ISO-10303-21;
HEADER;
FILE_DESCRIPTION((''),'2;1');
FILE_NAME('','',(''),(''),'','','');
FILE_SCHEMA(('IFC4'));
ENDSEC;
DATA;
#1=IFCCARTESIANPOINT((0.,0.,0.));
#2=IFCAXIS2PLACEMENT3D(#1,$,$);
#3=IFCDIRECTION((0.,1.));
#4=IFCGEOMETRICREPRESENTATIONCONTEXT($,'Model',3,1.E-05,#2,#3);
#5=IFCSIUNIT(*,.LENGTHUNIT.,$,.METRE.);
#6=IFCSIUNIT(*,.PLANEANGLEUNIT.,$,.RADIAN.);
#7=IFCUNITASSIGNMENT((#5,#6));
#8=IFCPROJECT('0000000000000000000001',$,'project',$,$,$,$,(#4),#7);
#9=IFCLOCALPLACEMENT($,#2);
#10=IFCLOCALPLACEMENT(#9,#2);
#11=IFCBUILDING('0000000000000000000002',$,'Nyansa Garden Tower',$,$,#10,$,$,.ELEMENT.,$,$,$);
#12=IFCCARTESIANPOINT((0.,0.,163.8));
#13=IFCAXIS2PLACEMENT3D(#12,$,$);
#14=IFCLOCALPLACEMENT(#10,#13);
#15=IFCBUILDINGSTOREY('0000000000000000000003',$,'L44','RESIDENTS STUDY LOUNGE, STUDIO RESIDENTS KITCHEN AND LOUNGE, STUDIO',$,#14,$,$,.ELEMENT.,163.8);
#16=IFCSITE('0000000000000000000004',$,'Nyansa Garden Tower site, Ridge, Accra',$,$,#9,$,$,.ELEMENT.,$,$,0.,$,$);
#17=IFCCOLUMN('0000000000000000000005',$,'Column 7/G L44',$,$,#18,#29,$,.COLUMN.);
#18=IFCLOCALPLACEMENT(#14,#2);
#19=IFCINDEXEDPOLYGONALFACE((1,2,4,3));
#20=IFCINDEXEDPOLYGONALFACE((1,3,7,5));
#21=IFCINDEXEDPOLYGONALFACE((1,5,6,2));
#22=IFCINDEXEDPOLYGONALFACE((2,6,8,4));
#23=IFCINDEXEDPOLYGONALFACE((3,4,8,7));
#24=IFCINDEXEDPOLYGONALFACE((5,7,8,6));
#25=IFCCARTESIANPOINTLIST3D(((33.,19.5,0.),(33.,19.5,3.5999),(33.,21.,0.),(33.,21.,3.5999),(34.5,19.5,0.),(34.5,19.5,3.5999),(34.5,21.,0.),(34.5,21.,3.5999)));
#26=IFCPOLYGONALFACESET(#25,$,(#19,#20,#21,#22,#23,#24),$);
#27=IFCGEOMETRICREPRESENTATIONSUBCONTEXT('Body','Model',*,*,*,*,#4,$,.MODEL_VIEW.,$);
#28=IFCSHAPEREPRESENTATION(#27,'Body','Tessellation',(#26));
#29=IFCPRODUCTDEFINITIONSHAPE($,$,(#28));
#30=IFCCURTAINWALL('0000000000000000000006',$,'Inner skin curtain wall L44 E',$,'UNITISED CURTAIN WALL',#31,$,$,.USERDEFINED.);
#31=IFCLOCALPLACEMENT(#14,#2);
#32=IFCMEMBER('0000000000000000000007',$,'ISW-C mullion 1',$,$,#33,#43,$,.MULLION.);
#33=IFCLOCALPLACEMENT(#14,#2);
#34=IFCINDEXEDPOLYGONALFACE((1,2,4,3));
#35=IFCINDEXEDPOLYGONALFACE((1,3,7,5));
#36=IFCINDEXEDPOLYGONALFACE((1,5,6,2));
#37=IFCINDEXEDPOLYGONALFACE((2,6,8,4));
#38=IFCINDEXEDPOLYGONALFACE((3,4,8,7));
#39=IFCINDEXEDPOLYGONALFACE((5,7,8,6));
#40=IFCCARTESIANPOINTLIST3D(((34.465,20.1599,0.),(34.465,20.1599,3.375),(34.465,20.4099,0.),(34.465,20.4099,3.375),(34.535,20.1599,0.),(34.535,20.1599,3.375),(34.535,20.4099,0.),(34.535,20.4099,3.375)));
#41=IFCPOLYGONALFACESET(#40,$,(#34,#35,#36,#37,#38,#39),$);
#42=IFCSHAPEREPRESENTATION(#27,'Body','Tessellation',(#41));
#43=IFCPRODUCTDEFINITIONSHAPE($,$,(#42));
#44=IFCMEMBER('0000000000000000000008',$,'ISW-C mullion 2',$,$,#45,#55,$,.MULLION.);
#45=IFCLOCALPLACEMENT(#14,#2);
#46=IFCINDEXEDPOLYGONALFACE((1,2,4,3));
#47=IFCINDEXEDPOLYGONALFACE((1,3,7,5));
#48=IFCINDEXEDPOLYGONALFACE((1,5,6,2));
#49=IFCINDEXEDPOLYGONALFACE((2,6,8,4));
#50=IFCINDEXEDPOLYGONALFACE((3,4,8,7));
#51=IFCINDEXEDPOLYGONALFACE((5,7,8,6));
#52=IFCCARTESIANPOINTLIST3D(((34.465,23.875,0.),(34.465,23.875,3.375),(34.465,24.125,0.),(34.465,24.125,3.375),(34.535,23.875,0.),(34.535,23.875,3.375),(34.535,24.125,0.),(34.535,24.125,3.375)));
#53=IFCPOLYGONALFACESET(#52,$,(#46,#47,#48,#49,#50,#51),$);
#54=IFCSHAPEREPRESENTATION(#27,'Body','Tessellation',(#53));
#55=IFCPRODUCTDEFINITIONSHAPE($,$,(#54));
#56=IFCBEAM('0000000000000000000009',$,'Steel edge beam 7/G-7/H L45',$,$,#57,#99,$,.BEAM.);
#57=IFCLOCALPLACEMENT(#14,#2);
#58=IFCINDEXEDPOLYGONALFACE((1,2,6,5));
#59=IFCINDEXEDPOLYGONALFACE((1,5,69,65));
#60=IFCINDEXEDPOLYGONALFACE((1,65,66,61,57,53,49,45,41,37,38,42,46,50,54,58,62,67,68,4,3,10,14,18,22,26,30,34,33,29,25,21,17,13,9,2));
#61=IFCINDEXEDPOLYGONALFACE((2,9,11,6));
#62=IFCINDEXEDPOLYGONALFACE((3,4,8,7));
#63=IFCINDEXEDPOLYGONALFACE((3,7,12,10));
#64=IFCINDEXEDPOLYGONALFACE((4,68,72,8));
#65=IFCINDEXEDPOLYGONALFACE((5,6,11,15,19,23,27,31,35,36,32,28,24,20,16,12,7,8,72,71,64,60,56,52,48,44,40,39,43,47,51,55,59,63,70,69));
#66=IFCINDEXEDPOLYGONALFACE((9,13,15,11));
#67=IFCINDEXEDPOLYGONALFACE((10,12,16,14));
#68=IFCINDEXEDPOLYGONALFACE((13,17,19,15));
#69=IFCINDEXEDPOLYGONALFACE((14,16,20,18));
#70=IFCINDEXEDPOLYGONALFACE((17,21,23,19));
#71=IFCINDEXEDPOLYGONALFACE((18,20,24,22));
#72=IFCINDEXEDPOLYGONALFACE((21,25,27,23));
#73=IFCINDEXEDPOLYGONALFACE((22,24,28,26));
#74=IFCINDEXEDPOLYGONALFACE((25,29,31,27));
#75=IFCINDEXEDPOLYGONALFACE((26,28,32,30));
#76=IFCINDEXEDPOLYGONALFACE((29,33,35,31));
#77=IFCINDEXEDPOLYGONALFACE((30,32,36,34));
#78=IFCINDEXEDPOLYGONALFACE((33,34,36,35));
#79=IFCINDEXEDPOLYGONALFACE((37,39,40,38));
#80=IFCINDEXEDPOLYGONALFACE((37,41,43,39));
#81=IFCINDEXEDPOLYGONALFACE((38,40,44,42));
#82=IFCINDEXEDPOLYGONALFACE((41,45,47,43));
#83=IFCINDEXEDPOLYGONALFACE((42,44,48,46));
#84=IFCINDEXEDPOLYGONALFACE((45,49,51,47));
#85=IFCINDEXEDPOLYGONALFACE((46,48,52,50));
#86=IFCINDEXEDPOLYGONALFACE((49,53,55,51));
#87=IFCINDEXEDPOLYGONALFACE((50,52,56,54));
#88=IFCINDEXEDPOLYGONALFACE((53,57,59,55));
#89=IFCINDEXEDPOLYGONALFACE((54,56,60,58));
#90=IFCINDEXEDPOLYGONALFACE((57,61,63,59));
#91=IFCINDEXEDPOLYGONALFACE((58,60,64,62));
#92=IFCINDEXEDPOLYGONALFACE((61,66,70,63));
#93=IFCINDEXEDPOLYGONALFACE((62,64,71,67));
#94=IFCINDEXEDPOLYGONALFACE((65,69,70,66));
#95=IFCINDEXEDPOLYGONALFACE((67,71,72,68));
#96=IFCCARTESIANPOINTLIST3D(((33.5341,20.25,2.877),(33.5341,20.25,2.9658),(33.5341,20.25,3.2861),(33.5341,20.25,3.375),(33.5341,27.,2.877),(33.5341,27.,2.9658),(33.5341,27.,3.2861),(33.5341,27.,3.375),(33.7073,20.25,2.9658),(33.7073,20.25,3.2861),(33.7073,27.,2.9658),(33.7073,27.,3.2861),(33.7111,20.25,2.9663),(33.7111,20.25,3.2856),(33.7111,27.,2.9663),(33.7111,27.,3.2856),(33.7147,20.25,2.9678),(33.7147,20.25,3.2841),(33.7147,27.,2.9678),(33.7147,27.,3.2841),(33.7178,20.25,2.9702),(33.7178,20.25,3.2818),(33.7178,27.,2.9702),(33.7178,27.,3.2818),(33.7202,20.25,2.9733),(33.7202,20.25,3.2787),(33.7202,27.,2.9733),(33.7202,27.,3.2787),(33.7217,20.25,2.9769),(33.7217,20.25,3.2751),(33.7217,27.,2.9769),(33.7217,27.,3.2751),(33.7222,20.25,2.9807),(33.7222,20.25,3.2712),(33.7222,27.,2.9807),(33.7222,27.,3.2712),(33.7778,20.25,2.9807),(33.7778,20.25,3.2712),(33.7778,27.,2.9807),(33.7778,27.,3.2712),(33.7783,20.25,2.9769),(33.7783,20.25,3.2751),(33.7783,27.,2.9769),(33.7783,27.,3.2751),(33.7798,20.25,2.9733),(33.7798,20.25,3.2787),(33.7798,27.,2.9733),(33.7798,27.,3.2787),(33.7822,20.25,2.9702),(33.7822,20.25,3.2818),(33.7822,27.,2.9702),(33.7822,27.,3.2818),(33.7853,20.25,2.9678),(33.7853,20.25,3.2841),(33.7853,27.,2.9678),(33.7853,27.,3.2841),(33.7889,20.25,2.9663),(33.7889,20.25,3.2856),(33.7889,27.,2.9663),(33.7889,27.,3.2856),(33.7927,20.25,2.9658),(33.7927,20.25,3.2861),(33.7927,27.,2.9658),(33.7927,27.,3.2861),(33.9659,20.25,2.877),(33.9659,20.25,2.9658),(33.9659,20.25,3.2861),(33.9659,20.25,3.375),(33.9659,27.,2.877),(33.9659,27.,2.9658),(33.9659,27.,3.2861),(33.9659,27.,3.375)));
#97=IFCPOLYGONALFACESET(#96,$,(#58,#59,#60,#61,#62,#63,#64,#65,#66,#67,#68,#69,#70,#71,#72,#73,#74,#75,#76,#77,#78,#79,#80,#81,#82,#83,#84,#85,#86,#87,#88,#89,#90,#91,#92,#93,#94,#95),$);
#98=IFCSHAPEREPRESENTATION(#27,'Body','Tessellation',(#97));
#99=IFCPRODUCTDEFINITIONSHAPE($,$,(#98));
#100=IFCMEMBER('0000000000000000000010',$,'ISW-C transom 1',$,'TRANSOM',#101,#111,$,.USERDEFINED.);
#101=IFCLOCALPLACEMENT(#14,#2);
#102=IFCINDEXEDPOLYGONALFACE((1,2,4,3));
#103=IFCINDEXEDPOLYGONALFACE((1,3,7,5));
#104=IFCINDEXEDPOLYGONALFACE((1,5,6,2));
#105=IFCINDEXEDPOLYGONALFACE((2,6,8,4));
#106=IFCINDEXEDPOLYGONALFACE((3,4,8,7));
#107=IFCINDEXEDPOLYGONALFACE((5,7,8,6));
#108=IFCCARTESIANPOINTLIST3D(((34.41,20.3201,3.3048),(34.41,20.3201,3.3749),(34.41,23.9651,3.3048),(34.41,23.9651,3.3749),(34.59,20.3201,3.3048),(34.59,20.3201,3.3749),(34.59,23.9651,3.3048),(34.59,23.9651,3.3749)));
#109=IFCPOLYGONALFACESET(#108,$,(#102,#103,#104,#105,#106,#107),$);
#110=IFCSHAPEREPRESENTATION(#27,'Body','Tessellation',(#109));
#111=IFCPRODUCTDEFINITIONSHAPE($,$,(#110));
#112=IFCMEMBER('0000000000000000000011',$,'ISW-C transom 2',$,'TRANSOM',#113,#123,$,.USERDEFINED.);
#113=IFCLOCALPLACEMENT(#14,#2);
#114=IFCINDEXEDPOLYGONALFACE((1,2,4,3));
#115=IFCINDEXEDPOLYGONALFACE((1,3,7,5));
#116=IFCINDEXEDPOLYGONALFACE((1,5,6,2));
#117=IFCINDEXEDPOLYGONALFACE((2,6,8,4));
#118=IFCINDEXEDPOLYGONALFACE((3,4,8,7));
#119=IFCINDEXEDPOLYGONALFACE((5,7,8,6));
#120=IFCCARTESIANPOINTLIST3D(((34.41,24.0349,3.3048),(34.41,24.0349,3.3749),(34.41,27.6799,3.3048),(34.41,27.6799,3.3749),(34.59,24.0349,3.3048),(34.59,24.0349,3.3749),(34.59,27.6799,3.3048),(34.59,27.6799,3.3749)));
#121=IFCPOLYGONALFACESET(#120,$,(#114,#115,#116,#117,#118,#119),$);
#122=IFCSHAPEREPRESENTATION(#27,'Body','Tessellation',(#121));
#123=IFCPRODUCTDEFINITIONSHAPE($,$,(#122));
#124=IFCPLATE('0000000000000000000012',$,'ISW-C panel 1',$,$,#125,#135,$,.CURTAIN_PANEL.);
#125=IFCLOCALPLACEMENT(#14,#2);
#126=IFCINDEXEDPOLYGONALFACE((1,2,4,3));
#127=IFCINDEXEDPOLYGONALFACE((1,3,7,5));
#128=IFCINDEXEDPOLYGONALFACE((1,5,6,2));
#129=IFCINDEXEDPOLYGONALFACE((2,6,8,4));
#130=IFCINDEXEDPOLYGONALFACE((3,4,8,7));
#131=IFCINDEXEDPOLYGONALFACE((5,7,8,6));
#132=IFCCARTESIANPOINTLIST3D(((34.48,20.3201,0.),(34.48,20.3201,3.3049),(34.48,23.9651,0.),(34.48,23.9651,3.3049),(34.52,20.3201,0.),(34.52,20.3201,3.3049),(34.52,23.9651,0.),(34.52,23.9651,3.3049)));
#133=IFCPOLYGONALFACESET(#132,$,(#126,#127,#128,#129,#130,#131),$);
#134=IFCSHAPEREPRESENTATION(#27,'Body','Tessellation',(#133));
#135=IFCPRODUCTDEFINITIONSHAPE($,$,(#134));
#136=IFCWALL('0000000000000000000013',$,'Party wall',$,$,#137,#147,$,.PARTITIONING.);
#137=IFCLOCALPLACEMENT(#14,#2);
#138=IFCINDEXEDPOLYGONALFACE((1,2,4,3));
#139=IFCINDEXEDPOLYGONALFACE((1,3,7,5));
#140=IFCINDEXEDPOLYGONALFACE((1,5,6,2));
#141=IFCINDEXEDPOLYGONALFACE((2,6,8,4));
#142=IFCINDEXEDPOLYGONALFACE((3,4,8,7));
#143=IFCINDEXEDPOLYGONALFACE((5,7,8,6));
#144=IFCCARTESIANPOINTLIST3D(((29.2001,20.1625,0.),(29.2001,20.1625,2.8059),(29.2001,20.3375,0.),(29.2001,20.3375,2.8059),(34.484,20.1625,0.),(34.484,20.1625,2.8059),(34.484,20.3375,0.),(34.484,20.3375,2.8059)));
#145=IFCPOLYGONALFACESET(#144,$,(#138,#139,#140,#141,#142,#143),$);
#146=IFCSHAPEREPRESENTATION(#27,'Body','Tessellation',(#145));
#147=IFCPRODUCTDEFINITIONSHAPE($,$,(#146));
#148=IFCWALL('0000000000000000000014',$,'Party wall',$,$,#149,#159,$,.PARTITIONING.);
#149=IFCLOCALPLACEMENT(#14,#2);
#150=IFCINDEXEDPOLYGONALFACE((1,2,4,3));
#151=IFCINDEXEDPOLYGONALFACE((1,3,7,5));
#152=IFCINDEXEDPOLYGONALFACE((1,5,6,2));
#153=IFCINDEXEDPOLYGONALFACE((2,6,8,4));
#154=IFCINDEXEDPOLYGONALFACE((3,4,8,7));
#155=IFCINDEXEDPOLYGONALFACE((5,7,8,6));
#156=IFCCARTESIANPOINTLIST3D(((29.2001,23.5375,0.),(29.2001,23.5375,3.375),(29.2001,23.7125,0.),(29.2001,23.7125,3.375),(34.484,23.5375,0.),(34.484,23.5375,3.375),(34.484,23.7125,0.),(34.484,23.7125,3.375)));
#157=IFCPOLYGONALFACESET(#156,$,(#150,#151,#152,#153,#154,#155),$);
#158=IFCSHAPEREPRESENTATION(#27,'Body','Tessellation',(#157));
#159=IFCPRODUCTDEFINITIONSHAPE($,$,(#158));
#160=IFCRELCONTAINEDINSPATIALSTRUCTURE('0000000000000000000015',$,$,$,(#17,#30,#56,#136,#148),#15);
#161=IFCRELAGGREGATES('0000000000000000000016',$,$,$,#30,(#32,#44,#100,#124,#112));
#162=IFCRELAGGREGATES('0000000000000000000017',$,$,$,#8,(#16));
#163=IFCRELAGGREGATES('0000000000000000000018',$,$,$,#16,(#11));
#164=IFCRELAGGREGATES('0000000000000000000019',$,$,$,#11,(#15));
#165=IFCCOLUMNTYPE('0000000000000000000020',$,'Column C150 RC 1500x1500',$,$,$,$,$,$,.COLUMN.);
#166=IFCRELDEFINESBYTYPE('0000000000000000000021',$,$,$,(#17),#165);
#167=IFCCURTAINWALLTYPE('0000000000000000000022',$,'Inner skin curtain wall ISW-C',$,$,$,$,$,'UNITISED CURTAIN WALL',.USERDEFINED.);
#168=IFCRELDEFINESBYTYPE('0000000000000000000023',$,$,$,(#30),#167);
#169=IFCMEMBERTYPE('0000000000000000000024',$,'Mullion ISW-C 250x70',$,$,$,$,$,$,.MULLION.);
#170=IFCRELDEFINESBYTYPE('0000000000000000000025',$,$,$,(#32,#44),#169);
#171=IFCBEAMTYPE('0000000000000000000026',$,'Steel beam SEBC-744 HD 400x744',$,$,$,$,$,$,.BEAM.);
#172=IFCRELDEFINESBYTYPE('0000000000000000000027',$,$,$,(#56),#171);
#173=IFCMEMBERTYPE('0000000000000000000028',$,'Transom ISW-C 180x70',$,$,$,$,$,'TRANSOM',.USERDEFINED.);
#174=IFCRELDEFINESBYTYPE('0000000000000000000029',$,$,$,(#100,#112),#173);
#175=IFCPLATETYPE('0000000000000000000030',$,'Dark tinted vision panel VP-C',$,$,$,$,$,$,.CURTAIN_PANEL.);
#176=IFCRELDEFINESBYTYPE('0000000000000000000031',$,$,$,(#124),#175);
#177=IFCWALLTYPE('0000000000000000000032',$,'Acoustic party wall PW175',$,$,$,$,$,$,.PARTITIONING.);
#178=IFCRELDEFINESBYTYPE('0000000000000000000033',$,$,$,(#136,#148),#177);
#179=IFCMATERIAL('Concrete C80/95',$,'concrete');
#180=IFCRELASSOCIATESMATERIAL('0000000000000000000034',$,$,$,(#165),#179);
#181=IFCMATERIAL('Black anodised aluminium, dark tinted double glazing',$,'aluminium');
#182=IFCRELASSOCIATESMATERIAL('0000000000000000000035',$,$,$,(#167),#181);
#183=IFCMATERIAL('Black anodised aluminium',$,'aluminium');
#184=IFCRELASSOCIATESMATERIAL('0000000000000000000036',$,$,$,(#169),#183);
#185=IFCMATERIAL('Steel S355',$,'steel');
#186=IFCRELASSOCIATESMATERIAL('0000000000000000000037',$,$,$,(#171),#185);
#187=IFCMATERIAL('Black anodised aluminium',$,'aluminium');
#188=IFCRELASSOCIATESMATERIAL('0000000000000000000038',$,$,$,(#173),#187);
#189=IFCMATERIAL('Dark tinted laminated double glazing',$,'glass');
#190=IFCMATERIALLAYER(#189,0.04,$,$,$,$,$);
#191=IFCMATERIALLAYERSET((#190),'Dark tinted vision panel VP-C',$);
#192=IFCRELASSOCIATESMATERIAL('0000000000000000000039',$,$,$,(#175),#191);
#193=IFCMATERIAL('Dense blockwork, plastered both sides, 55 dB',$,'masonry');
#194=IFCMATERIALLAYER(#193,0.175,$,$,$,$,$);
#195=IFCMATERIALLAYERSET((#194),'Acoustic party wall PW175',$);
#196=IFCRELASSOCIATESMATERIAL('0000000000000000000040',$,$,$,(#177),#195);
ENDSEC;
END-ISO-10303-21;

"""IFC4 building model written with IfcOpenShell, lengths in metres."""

from ifc_helpers import new_model, si_unit, direction, frame, frame_2d, origin, origin_2d, place, context, subcontext, project, spatial, rectangle, i_section, extrude, material, layer, layer_set, material_profile, profile_set, type_object, element, aggregate, save


model = new_model("IFC4")

# Units and contexts
model_context = context("Model", 3, precision=1e-05, world=origin(), true_north=direction((0.0, 1.0)))
body_context = subcontext(model_context, "Body", "Model", "MODEL_VIEW")
ifc_project = project(units=[si_unit("LENGTHUNIT", "METRE"), si_unit("PLANEANGLEUNIT", "RADIAN")], contexts=[model_context])

# Site, building, storey
site_placement = place(None, origin())
site = spatial("IfcSite", under=ifc_project, at=site_placement, Name="Nyansa Garden Tower site, Ridge, Accra", CompositionType="ELEMENT", RefElevation=0.0)
building_placement = place(site_placement, origin())
building = spatial("IfcBuilding", under=site, at=building_placement, Name="Nyansa Garden Tower", CompositionType="ELEMENT")
storey_placement = place(building_placement, frame((0.0, 0.0, 163.8)))
storey = spatial("IfcBuildingStorey", under=building, at=storey_placement, Name="L44", Description="RESIDENTS STUDY LOUNGE, STUDIO RESIDENTS KITCHEN AND LOUNGE, STUDIO", CompositionType="ELEMENT", Elevation=163.8)

# Column
ifc_material_1 = material(Name="Concrete C80/95", Category="concrete")
ifc_material_profile_1 = material_profile(ifc_material_1, rectangle(XDim=1.5, YDim=1.5, at=origin_2d()), Name="RC 1500x1500")
ifc_profile_set_1 = profile_set([ifc_material_profile_1], Name="Concrete C80/95")
column_type = type_object("IfcColumnType", Name="Column C150 RC 1500x1500", PredefinedType="COLUMN", material=ifc_profile_set_1)
column_placement = place(storey_placement, frame((33.75, 20.25, 0.0), z_axis=(0.0, 0.0, 1.0), x_axis=(1.0, 0.0, 0.0)))
element("IfcColumn", 1, at=column_placement, inside=storey, type_object=column_type, Name="Column 7/G L44", PredefinedType="COLUMN", context=body_context, shape_type="SweptSolid", body=[
    extrude(rectangle(XDim=1.5, YDim=1.5, at=origin_2d()), origin(), (0.0, 0.0, 1.0), 3.5999),
])

# Curtain wall, members
ifc_material_2 = material(Name="Black anodised aluminium, dark tinted double glazing", Category="aluminium")
curtain_wall_type = type_object("IfcCurtainWallType", Name="Inner skin curtain wall ISW-C", ElementType="UNITISED CURTAIN WALL", PredefinedType="USERDEFINED", material=ifc_material_2)
curtain_wall_placement = place(storey_placement, origin())
curtain_wall = element("IfcCurtainWall", 2, at=curtain_wall_placement, inside=storey, type_object=curtain_wall_type, Name="Inner skin curtain wall L44 E", ObjectType="UNITISED CURTAIN WALL", PredefinedType="USERDEFINED")
ifc_material_3 = material(Name="Black anodised aluminium", Category="aluminium")
ifc_material_profile_2 = material_profile(ifc_material_3, rectangle(XDim=0.0701, YDim=0.25, at=origin_2d()), Name="Mullion 250x70")
ifc_profile_set_2 = profile_set([ifc_material_profile_2], Name="Black anodised aluminium")
member_type_1 = type_object("IfcMemberType", Name="Mullion ISW-C 250x70", PredefinedType="MULLION", material=ifc_profile_set_2)
member_1_placement = place(storey_placement, frame((34.5, 20.2849, 0.0), z_axis=(0.0, 0.0, 1.0), x_axis=(-1.0, 0.0, 0.0)))
member_1 = element("IfcMember", 3, at=member_1_placement, type_object=member_type_1, Name="ISW-C mullion 1", PredefinedType="MULLION", context=body_context, shape_type="SweptSolid", body=[
    extrude(rectangle(XDim=0.0701, YDim=0.25, at=origin_2d()), origin(), (0.0, 0.0, 1.0), 3.375),
])
member_2_placement = place(storey_placement, frame((34.5, 24.0, 0.0), z_axis=(0.0, 0.0, 1.0), x_axis=(-1.0, 0.0, 0.0)))
member_2 = element("IfcMember", 4, at=member_2_placement, type_object=member_type_1, Name="ISW-C mullion 2", PredefinedType="MULLION", context=body_context, shape_type="SweptSolid", body=[
    extrude(rectangle(XDim=0.0701, YDim=0.25, at=origin_2d()), origin(), (0.0, 0.0, 1.0), 3.375),
])

# Beam
ifc_material_4 = material(Name="Steel S355", Category="steel")
ifc_material_profile_3 = material_profile(ifc_material_4, i_section(OverallWidth=0.4319, OverallDepth=0.498, WebThickness=0.0557, FlangeThickness=0.0889, FilletRadius=0.0149, at=origin_2d()), Name="HD 400x744")
ifc_profile_set_3 = profile_set([ifc_material_profile_3], Name="Steel S355")
beam_type = type_object("IfcBeamType", Name="Steel beam SEBC-744 HD 400x744", PredefinedType="BEAM", material=ifc_profile_set_3)
beam_placement = place(storey_placement, frame((33.75, 20.25, 3.126), z_axis=(0.0, 1.0, 0.0), x_axis=(-1.0, 0.0, 0.0)))
element("IfcBeam", 5, at=beam_placement, inside=storey, type_object=beam_type, Name="Steel edge beam 7/G-7/H L45", PredefinedType="BEAM", context=body_context, shape_type="SweptSolid", body=[
    extrude(i_section(OverallWidth=0.4319, OverallDepth=0.498, WebThickness=0.0557, FlangeThickness=0.0889, FilletRadius=0.0149, at=origin_2d()), origin(), (0.0, 0.0, 1.0), 6.75),
])

# Members
ifc_material_5 = material(Name="Black anodised aluminium", Category="aluminium")
ifc_material_profile_4 = material_profile(ifc_material_5, rectangle(XDim=0.1799, YDim=0.0701, at=origin_2d()), Name="Transom 180x70")
ifc_profile_set_4 = profile_set([ifc_material_profile_4], Name="Black anodised aluminium")
member_type_2 = type_object("IfcMemberType", Name="Transom ISW-C 180x70", ElementType="TRANSOM", PredefinedType="USERDEFINED", material=ifc_profile_set_4)
member_3_placement = place(storey_placement, frame((34.5, 20.3201, 3.3398), z_axis=(0.0, 1.0, 0.0), x_axis=(-1.0, 0.0, 0.0)))
member_3 = element("IfcMember", 6, at=member_3_placement, type_object=member_type_2, Name="ISW-C transom 1", ObjectType="TRANSOM", PredefinedType="USERDEFINED", context=body_context, shape_type="SweptSolid", body=[
    extrude(rectangle(XDim=0.1799, YDim=0.0701, at=origin_2d()), origin(), (0.0, 0.0, 1.0), 3.645),
])
member_4_placement = place(storey_placement, frame((34.5, 24.0349, 3.3398), z_axis=(0.0, 1.0, 0.0), x_axis=(-1.0, 0.0, 0.0)))
member_4 = element("IfcMember", 7, at=member_4_placement, type_object=member_type_2, Name="ISW-C transom 2", ObjectType="TRANSOM", PredefinedType="USERDEFINED", context=body_context, shape_type="SweptSolid", body=[
    extrude(rectangle(XDim=0.1799, YDim=0.0701, at=origin_2d()), origin(), (0.0, 0.0, 1.0), 3.645),
])

# Plate
ifc_material_6 = material(Name="Dark tinted laminated double glazing", Category="glass")
ifc_layer_1 = layer(ifc_material_6, 0.04)
ifc_layer_set_1 = layer_set([ifc_layer_1], Name="Dark tinted vision panel VP-C")
plate_type = type_object("IfcPlateType", Name="Dark tinted vision panel VP-C", PredefinedType="CURTAIN_PANEL", material=ifc_layer_set_1)
plate_placement = place(storey_placement, frame((34.5, 22.1426, 0.0), z_axis=(0.0, 0.0, 1.0), x_axis=(0.0, 1.0, 0.0)))
plate = element("IfcPlate", 8, at=plate_placement, type_object=plate_type, Name="ISW-C panel 1", PredefinedType="CURTAIN_PANEL", context=body_context, shape_type="SweptSolid", body=[
    extrude(rectangle(XDim=3.645, YDim=0.04, at=origin_2d()), origin(), (0.0, 0.0, 1.0), 3.3049),
])
aggregate(curtain_wall, [member_1, member_2, member_3, plate, member_4])

# Walls
ifc_material_7 = material(Name="Dense blockwork, plastered both sides, 55 dB", Category="masonry")
ifc_layer_2 = layer(ifc_material_7, 0.175)
ifc_layer_set_2 = layer_set([ifc_layer_2], Name="Acoustic party wall PW175")
wall_type_1 = type_object("IfcWallType", Name="Acoustic party wall PW175", PredefinedType="PARTITIONING", material=ifc_layer_set_2)
wall_1_placement = place(storey_placement, frame((29.2, 20.25, 0.0), z_axis=(0.0, 0.0, 1.0), x_axis=(1.0, 0.0, 0.0)))
element("IfcWall", 9, at=wall_1_placement, inside=storey, type_object=wall_type_1, Name="Party wall", PredefinedType="PARTITIONING", context=body_context, shape_type="SweptSolid", body=[
    extrude(rectangle(XDim=5.2839, YDim=0.175, at=frame_2d((2.6421, 0.0))), origin(), (0.0, 0.0, 1.0), 2.8059),
])
wall_2_placement = place(storey_placement, frame((29.2, 23.625, 0.0), z_axis=(0.0, 0.0, 1.0), x_axis=(1.0, 0.0, 0.0)))
element("IfcWall", 10, at=wall_2_placement, inside=storey, type_object=wall_type_1, Name="Party wall", PredefinedType="PARTITIONING", context=body_context, shape_type="SweptSolid", body=[
    extrude(rectangle(XDim=5.2839, YDim=0.175, at=frame_2d((2.6421, 0.0))), origin(), (0.0, 0.0, 1.0), 3.375),
])

save(model, "model.ifc")
